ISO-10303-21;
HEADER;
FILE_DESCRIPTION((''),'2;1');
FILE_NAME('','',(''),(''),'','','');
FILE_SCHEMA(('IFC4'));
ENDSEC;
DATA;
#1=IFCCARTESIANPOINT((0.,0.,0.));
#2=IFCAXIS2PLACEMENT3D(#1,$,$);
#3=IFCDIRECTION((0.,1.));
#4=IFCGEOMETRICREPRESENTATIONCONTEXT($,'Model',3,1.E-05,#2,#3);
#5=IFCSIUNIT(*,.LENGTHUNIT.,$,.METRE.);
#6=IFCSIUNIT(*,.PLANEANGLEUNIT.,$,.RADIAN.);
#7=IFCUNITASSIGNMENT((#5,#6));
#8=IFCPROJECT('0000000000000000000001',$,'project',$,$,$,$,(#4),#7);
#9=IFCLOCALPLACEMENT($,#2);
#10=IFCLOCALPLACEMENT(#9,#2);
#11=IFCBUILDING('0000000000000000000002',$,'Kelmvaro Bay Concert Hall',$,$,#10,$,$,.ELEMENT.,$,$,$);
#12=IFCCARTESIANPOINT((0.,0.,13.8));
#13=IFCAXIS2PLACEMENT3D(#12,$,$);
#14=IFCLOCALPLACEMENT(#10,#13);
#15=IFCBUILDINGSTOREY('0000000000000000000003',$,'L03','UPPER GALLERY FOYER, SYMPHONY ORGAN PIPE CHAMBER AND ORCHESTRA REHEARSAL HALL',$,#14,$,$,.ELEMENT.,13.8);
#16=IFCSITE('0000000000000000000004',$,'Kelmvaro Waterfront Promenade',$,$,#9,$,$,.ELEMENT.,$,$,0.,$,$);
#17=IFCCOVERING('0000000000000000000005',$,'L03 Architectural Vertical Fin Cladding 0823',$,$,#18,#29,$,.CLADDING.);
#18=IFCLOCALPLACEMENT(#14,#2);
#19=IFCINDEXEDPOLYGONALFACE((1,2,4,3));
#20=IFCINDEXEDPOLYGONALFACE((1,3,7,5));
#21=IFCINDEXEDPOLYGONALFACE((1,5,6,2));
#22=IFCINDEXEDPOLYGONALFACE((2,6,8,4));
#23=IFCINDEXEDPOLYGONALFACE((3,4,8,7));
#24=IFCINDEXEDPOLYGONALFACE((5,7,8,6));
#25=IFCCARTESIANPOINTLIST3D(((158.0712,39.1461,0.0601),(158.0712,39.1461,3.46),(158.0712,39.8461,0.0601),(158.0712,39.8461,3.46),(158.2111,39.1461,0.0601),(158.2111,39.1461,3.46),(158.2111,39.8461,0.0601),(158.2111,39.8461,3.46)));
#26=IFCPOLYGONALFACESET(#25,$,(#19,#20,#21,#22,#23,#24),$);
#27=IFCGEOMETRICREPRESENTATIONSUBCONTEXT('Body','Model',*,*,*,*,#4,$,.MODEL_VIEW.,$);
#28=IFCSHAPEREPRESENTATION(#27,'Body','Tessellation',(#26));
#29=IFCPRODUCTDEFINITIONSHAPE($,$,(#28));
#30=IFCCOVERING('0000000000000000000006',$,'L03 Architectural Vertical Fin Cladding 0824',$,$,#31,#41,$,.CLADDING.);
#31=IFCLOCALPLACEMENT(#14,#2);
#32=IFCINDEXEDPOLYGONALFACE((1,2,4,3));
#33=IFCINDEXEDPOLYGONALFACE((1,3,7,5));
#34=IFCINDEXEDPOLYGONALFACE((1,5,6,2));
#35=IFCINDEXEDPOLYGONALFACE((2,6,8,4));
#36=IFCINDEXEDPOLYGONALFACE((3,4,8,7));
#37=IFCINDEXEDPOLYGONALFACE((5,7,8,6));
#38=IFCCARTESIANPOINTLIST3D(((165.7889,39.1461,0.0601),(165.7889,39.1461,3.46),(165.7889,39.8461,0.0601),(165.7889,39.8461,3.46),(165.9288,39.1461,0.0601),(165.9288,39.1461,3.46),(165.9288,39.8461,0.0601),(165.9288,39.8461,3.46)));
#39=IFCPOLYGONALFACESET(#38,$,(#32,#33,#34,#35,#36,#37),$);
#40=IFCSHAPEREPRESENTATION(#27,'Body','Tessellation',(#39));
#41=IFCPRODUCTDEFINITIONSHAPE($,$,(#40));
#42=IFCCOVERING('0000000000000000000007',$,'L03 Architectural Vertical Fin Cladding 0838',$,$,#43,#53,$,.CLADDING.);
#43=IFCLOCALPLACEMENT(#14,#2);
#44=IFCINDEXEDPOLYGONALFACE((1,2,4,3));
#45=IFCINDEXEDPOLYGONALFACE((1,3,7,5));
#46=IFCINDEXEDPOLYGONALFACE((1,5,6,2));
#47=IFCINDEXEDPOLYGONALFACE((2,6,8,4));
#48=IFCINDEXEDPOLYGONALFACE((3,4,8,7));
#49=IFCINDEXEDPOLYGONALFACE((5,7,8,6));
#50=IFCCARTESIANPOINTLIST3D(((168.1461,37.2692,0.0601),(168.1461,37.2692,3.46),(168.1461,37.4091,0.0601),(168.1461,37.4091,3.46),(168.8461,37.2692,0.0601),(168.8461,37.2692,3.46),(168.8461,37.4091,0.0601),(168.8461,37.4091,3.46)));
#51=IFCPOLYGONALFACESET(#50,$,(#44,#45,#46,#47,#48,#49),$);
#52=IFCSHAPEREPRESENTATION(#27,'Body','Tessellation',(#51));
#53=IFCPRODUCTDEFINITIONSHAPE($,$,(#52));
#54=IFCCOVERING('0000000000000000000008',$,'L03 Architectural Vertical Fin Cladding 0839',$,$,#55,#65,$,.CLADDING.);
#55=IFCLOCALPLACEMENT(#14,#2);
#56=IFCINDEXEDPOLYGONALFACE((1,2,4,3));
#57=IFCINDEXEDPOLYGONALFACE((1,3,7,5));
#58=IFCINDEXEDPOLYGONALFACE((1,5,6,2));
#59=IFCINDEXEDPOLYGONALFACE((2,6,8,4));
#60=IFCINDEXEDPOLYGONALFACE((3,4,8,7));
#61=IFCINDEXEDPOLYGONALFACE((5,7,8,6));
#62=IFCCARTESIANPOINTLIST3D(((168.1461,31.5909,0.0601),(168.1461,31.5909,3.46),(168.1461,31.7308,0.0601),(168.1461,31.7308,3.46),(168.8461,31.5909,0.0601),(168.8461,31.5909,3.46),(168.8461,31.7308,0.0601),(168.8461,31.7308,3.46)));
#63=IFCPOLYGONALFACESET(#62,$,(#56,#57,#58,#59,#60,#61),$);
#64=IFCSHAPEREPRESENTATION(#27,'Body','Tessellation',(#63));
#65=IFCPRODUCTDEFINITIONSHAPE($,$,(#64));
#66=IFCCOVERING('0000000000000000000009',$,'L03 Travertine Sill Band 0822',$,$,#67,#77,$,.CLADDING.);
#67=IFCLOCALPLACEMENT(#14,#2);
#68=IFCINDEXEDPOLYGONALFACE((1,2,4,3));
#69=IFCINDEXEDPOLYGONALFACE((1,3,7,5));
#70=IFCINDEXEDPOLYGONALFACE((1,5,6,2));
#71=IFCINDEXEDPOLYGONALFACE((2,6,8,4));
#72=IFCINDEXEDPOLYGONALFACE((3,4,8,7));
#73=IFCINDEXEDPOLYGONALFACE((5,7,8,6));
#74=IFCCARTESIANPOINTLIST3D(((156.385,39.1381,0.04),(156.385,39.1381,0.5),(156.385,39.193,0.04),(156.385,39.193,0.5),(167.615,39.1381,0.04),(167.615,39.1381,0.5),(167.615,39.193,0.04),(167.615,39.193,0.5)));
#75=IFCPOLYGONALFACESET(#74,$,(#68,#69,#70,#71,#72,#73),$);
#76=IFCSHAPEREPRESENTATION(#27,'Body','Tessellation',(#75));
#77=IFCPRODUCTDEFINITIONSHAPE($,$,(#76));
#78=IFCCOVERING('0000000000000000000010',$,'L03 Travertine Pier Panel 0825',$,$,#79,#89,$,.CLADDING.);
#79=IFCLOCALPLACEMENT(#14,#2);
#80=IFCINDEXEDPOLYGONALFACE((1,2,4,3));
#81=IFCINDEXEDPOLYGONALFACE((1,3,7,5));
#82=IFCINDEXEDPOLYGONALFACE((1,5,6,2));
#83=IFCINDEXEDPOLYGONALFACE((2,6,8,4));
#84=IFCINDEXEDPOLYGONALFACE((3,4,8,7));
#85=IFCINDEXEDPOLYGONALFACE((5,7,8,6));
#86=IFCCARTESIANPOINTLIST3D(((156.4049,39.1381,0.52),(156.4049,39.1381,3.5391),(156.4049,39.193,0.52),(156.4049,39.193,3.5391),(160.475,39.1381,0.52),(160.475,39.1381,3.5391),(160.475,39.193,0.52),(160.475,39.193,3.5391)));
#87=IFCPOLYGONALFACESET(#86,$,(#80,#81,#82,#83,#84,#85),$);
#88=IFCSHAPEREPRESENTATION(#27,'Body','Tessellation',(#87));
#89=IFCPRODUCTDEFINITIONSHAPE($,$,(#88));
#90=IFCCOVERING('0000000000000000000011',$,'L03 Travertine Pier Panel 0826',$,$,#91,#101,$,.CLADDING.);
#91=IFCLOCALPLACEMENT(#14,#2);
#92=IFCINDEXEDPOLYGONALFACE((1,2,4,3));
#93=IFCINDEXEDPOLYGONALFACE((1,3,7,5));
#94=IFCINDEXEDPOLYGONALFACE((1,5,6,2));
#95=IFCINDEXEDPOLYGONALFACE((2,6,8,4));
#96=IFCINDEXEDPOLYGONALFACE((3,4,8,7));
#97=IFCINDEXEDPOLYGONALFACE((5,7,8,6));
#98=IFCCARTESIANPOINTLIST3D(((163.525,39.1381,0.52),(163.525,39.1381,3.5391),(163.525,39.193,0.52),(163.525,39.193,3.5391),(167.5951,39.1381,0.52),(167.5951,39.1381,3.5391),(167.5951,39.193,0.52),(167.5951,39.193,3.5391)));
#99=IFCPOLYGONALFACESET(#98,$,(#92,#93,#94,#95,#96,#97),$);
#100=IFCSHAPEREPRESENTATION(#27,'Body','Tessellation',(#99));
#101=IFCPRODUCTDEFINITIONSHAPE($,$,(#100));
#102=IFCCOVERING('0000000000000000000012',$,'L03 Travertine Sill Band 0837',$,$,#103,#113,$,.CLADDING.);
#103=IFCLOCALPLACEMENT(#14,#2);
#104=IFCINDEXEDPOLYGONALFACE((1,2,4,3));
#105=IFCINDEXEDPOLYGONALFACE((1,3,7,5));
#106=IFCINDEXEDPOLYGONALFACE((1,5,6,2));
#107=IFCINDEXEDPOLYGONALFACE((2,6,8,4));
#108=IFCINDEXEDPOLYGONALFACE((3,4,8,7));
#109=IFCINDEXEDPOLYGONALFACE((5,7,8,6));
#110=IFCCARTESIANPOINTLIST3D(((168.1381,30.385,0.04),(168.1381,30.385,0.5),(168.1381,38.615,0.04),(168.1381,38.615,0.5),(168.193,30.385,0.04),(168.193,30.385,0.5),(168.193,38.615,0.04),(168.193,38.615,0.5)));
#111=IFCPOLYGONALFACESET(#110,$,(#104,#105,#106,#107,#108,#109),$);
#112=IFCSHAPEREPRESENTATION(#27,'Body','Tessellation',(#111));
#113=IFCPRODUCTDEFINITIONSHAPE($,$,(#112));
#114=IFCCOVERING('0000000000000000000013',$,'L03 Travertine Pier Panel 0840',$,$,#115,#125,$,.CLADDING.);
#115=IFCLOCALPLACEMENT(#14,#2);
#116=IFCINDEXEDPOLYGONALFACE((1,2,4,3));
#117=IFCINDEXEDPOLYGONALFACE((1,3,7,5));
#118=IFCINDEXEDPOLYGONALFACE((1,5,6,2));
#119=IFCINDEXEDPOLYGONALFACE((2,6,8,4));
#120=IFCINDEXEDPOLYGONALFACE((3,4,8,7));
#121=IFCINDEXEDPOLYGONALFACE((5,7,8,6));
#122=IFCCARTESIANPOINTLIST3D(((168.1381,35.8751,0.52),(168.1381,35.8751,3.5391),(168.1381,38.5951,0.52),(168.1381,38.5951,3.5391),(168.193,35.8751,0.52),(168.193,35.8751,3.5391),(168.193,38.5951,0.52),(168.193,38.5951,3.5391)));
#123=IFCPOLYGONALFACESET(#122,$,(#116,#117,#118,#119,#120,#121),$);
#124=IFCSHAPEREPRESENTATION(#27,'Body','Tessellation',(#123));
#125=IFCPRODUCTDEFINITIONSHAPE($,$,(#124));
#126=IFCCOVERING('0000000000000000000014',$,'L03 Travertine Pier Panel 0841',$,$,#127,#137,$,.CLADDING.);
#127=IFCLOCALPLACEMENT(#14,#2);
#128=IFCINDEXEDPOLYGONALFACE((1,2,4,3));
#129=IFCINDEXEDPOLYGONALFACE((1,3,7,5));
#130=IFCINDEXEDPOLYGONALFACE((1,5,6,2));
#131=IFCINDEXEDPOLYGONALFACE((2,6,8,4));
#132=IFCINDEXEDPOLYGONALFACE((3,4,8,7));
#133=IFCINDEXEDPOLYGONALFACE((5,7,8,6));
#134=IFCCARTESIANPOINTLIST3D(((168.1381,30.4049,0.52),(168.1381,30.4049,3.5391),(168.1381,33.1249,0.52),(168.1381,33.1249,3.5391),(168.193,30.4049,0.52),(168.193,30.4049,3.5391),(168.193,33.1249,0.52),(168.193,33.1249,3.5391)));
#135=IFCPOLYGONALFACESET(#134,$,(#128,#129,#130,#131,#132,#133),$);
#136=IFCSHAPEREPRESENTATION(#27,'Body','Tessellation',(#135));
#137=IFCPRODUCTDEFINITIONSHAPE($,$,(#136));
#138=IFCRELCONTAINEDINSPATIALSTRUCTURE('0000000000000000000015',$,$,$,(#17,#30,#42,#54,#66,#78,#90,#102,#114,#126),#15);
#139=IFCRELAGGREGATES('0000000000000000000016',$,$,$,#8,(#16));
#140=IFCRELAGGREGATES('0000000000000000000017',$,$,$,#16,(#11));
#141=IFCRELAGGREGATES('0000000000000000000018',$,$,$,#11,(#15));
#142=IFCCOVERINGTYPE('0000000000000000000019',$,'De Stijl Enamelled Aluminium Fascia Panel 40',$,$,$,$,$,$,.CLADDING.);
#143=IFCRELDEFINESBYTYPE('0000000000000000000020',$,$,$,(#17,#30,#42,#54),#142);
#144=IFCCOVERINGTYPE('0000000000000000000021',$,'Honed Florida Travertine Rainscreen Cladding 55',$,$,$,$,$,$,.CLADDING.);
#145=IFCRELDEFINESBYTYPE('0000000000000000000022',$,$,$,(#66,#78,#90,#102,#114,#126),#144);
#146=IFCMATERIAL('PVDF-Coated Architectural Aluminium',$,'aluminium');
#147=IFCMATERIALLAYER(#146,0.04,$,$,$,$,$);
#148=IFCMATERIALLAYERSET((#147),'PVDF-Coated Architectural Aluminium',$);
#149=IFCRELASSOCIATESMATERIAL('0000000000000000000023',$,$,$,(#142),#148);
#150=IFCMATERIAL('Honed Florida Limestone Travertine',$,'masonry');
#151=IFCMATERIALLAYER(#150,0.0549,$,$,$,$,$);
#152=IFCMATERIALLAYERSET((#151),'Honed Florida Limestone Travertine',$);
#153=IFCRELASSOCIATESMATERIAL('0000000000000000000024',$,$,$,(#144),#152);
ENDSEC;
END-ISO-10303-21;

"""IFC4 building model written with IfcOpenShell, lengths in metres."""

from ifc_helpers import new_model, si_unit, direction, frame, origin, origin_2d, place, context, subcontext, project, spatial, rectangle, extrude, material, layer, layer_set, type_object, element, save


model = new_model("IFC4")

# Units and contexts
model_context = context("Model", 3, precision=1e-05, world=origin(), true_north=direction((0.0, 1.0)))
body_context = subcontext(model_context, "Body", "Model", "MODEL_VIEW")
ifc_project = project(units=[si_unit("LENGTHUNIT", "METRE"), si_unit("PLANEANGLEUNIT", "RADIAN")], contexts=[model_context])

# Site, building, storey
site_placement = place(None, origin())
site = spatial("IfcSite", under=ifc_project, at=site_placement, Name="Kelmvaro Waterfront Promenade", CompositionType="ELEMENT", RefElevation=0.0)
building_placement = place(site_placement, origin())
building = spatial("IfcBuilding", under=site, at=building_placement, Name="Kelmvaro Bay Concert Hall", CompositionType="ELEMENT")
storey_placement = place(building_placement, frame((0.0, 0.0, 13.8)))
storey = spatial("IfcBuildingStorey", under=building, at=storey_placement, Name="L03", Description="UPPER GALLERY FOYER, SYMPHONY ORGAN PIPE CHAMBER AND ORCHESTRA REHEARSAL HALL", CompositionType="ELEMENT", Elevation=13.8)

# Coverings
ifc_material_1 = material(Name="PVDF-Coated Architectural Aluminium", Category="aluminium")
ifc_layer_1 = layer(ifc_material_1, 0.04)
ifc_layer_set_1 = layer_set([ifc_layer_1], Name="PVDF-Coated Architectural Aluminium")
covering_type_1 = type_object("IfcCoveringType", Name="De Stijl Enamelled Aluminium Fascia Panel 40", PredefinedType="CLADDING", material=ifc_layer_set_1)
for number, where, z_axis, x_axis, name in (
    (1, (158.1411, 39.4961, 0.0601), (0.0, 0.0, 1.0), (1.0, 0.0, 0.0), "L03 Architectural Vertical Fin Cladding 0823"),
    (2, (165.8589, 39.4961, 0.0601), (0.0, 0.0, 1.0), (1.0, 0.0, 0.0), "L03 Architectural Vertical Fin Cladding 0824"),
    (3, (168.4961, 37.3391, 0.0601), (0.0, 0.0, 1.0), (0.0, -1.0, 0.0), "L03 Architectural Vertical Fin Cladding 0838"),
    (4, (168.4961, 31.6609, 0.0601), (0.0, 0.0, 1.0), (0.0, -1.0, 0.0), "L03 Architectural Vertical Fin Cladding 0839"),
):
    element("IfcCovering", number, at=place(storey_placement, frame(where, z_axis=z_axis, x_axis=x_axis)), inside=storey, type_object=covering_type_1, Name=name, PredefinedType="CLADDING", context=body_context, shape_type="SweptSolid", body=[
        extrude(rectangle(XDim=0.1399, YDim=0.7, at=origin_2d()), origin(), (0.0, 0.0, 1.0), 3.3999),
    ])
ifc_material_2 = material(Name="Honed Florida Limestone Travertine", Category="masonry")
ifc_layer_2 = layer(ifc_material_2, 0.0549)
ifc_layer_set_2 = layer_set([ifc_layer_2], Name="Honed Florida Limestone Travertine")
covering_type_2 = type_object("IfcCoveringType", Name="Honed Florida Travertine Rainscreen Cladding 55", PredefinedType="CLADDING", material=ifc_layer_set_2)
covering_1_placement = place(storey_placement, frame((162.0, 39.1655, 0.04), z_axis=(0.0, 0.0, 1.0), x_axis=(1.0, 0.0, 0.0)))
element("IfcCovering", 5, at=covering_1_placement, inside=storey, type_object=covering_type_2, Name="L03 Travertine Sill Band 0822", PredefinedType="CLADDING", context=body_context, shape_type="SweptSolid", body=[
    extrude(rectangle(XDim=11.23, YDim=0.0549, at=origin_2d()), origin(), (0.0, 0.0, 1.0), 0.46),
])
for number, where, z_axis, x_axis, name in (
    (6, (158.4399, 39.1655, 0.52), (0.0, 0.0, 1.0), (1.0, 0.0, 0.0), "L03 Travertine Pier Panel 0825"),
    (7, (165.5601, 39.1655, 0.52), (0.0, 0.0, 1.0), (1.0, 0.0, 0.0), "L03 Travertine Pier Panel 0826"),
):
    element("IfcCovering", number, at=place(storey_placement, frame(where, z_axis=z_axis, x_axis=x_axis)), inside=storey, type_object=covering_type_2, Name=name, PredefinedType="CLADDING", context=body_context, shape_type="SweptSolid", body=[
        extrude(rectangle(XDim=4.0701, YDim=0.0549, at=origin_2d()), origin(), (0.0, 0.0, 1.0), 3.019),
    ])
covering_2_placement = place(storey_placement, frame((168.1655, 34.5, 0.04), z_axis=(0.0, 0.0, 1.0), x_axis=(0.0, -1.0, 0.0)))
element("IfcCovering", 8, at=covering_2_placement, inside=storey, type_object=covering_type_2, Name="L03 Travertine Sill Band 0837", PredefinedType="CLADDING", context=body_context, shape_type="SweptSolid", body=[
    extrude(rectangle(XDim=8.23, YDim=0.0549, at=origin_2d()), origin(), (0.0, 0.0, 1.0), 0.46),
])
for number, where, z_axis, x_axis, name in (
    (9, (168.1655, 37.2351, 0.52), (0.0, 0.0, 1.0), (0.0, -1.0, 0.0), "L03 Travertine Pier Panel 0840"),
    (10, (168.1655, 31.7649, 0.52), (0.0, 0.0, 1.0), (0.0, -1.0, 0.0), "L03 Travertine Pier Panel 0841"),
):
    element("IfcCovering", number, at=place(storey_placement, frame(where, z_axis=z_axis, x_axis=x_axis)), inside=storey, type_object=covering_type_2, Name=name, PredefinedType="CLADDING", context=body_context, shape_type="SweptSolid", body=[
        extrude(rectangle(XDim=2.72, YDim=0.0549, at=origin_2d()), origin(), (0.0, 0.0, 1.0), 3.019),
    ])

save(model, "model.ifc")
